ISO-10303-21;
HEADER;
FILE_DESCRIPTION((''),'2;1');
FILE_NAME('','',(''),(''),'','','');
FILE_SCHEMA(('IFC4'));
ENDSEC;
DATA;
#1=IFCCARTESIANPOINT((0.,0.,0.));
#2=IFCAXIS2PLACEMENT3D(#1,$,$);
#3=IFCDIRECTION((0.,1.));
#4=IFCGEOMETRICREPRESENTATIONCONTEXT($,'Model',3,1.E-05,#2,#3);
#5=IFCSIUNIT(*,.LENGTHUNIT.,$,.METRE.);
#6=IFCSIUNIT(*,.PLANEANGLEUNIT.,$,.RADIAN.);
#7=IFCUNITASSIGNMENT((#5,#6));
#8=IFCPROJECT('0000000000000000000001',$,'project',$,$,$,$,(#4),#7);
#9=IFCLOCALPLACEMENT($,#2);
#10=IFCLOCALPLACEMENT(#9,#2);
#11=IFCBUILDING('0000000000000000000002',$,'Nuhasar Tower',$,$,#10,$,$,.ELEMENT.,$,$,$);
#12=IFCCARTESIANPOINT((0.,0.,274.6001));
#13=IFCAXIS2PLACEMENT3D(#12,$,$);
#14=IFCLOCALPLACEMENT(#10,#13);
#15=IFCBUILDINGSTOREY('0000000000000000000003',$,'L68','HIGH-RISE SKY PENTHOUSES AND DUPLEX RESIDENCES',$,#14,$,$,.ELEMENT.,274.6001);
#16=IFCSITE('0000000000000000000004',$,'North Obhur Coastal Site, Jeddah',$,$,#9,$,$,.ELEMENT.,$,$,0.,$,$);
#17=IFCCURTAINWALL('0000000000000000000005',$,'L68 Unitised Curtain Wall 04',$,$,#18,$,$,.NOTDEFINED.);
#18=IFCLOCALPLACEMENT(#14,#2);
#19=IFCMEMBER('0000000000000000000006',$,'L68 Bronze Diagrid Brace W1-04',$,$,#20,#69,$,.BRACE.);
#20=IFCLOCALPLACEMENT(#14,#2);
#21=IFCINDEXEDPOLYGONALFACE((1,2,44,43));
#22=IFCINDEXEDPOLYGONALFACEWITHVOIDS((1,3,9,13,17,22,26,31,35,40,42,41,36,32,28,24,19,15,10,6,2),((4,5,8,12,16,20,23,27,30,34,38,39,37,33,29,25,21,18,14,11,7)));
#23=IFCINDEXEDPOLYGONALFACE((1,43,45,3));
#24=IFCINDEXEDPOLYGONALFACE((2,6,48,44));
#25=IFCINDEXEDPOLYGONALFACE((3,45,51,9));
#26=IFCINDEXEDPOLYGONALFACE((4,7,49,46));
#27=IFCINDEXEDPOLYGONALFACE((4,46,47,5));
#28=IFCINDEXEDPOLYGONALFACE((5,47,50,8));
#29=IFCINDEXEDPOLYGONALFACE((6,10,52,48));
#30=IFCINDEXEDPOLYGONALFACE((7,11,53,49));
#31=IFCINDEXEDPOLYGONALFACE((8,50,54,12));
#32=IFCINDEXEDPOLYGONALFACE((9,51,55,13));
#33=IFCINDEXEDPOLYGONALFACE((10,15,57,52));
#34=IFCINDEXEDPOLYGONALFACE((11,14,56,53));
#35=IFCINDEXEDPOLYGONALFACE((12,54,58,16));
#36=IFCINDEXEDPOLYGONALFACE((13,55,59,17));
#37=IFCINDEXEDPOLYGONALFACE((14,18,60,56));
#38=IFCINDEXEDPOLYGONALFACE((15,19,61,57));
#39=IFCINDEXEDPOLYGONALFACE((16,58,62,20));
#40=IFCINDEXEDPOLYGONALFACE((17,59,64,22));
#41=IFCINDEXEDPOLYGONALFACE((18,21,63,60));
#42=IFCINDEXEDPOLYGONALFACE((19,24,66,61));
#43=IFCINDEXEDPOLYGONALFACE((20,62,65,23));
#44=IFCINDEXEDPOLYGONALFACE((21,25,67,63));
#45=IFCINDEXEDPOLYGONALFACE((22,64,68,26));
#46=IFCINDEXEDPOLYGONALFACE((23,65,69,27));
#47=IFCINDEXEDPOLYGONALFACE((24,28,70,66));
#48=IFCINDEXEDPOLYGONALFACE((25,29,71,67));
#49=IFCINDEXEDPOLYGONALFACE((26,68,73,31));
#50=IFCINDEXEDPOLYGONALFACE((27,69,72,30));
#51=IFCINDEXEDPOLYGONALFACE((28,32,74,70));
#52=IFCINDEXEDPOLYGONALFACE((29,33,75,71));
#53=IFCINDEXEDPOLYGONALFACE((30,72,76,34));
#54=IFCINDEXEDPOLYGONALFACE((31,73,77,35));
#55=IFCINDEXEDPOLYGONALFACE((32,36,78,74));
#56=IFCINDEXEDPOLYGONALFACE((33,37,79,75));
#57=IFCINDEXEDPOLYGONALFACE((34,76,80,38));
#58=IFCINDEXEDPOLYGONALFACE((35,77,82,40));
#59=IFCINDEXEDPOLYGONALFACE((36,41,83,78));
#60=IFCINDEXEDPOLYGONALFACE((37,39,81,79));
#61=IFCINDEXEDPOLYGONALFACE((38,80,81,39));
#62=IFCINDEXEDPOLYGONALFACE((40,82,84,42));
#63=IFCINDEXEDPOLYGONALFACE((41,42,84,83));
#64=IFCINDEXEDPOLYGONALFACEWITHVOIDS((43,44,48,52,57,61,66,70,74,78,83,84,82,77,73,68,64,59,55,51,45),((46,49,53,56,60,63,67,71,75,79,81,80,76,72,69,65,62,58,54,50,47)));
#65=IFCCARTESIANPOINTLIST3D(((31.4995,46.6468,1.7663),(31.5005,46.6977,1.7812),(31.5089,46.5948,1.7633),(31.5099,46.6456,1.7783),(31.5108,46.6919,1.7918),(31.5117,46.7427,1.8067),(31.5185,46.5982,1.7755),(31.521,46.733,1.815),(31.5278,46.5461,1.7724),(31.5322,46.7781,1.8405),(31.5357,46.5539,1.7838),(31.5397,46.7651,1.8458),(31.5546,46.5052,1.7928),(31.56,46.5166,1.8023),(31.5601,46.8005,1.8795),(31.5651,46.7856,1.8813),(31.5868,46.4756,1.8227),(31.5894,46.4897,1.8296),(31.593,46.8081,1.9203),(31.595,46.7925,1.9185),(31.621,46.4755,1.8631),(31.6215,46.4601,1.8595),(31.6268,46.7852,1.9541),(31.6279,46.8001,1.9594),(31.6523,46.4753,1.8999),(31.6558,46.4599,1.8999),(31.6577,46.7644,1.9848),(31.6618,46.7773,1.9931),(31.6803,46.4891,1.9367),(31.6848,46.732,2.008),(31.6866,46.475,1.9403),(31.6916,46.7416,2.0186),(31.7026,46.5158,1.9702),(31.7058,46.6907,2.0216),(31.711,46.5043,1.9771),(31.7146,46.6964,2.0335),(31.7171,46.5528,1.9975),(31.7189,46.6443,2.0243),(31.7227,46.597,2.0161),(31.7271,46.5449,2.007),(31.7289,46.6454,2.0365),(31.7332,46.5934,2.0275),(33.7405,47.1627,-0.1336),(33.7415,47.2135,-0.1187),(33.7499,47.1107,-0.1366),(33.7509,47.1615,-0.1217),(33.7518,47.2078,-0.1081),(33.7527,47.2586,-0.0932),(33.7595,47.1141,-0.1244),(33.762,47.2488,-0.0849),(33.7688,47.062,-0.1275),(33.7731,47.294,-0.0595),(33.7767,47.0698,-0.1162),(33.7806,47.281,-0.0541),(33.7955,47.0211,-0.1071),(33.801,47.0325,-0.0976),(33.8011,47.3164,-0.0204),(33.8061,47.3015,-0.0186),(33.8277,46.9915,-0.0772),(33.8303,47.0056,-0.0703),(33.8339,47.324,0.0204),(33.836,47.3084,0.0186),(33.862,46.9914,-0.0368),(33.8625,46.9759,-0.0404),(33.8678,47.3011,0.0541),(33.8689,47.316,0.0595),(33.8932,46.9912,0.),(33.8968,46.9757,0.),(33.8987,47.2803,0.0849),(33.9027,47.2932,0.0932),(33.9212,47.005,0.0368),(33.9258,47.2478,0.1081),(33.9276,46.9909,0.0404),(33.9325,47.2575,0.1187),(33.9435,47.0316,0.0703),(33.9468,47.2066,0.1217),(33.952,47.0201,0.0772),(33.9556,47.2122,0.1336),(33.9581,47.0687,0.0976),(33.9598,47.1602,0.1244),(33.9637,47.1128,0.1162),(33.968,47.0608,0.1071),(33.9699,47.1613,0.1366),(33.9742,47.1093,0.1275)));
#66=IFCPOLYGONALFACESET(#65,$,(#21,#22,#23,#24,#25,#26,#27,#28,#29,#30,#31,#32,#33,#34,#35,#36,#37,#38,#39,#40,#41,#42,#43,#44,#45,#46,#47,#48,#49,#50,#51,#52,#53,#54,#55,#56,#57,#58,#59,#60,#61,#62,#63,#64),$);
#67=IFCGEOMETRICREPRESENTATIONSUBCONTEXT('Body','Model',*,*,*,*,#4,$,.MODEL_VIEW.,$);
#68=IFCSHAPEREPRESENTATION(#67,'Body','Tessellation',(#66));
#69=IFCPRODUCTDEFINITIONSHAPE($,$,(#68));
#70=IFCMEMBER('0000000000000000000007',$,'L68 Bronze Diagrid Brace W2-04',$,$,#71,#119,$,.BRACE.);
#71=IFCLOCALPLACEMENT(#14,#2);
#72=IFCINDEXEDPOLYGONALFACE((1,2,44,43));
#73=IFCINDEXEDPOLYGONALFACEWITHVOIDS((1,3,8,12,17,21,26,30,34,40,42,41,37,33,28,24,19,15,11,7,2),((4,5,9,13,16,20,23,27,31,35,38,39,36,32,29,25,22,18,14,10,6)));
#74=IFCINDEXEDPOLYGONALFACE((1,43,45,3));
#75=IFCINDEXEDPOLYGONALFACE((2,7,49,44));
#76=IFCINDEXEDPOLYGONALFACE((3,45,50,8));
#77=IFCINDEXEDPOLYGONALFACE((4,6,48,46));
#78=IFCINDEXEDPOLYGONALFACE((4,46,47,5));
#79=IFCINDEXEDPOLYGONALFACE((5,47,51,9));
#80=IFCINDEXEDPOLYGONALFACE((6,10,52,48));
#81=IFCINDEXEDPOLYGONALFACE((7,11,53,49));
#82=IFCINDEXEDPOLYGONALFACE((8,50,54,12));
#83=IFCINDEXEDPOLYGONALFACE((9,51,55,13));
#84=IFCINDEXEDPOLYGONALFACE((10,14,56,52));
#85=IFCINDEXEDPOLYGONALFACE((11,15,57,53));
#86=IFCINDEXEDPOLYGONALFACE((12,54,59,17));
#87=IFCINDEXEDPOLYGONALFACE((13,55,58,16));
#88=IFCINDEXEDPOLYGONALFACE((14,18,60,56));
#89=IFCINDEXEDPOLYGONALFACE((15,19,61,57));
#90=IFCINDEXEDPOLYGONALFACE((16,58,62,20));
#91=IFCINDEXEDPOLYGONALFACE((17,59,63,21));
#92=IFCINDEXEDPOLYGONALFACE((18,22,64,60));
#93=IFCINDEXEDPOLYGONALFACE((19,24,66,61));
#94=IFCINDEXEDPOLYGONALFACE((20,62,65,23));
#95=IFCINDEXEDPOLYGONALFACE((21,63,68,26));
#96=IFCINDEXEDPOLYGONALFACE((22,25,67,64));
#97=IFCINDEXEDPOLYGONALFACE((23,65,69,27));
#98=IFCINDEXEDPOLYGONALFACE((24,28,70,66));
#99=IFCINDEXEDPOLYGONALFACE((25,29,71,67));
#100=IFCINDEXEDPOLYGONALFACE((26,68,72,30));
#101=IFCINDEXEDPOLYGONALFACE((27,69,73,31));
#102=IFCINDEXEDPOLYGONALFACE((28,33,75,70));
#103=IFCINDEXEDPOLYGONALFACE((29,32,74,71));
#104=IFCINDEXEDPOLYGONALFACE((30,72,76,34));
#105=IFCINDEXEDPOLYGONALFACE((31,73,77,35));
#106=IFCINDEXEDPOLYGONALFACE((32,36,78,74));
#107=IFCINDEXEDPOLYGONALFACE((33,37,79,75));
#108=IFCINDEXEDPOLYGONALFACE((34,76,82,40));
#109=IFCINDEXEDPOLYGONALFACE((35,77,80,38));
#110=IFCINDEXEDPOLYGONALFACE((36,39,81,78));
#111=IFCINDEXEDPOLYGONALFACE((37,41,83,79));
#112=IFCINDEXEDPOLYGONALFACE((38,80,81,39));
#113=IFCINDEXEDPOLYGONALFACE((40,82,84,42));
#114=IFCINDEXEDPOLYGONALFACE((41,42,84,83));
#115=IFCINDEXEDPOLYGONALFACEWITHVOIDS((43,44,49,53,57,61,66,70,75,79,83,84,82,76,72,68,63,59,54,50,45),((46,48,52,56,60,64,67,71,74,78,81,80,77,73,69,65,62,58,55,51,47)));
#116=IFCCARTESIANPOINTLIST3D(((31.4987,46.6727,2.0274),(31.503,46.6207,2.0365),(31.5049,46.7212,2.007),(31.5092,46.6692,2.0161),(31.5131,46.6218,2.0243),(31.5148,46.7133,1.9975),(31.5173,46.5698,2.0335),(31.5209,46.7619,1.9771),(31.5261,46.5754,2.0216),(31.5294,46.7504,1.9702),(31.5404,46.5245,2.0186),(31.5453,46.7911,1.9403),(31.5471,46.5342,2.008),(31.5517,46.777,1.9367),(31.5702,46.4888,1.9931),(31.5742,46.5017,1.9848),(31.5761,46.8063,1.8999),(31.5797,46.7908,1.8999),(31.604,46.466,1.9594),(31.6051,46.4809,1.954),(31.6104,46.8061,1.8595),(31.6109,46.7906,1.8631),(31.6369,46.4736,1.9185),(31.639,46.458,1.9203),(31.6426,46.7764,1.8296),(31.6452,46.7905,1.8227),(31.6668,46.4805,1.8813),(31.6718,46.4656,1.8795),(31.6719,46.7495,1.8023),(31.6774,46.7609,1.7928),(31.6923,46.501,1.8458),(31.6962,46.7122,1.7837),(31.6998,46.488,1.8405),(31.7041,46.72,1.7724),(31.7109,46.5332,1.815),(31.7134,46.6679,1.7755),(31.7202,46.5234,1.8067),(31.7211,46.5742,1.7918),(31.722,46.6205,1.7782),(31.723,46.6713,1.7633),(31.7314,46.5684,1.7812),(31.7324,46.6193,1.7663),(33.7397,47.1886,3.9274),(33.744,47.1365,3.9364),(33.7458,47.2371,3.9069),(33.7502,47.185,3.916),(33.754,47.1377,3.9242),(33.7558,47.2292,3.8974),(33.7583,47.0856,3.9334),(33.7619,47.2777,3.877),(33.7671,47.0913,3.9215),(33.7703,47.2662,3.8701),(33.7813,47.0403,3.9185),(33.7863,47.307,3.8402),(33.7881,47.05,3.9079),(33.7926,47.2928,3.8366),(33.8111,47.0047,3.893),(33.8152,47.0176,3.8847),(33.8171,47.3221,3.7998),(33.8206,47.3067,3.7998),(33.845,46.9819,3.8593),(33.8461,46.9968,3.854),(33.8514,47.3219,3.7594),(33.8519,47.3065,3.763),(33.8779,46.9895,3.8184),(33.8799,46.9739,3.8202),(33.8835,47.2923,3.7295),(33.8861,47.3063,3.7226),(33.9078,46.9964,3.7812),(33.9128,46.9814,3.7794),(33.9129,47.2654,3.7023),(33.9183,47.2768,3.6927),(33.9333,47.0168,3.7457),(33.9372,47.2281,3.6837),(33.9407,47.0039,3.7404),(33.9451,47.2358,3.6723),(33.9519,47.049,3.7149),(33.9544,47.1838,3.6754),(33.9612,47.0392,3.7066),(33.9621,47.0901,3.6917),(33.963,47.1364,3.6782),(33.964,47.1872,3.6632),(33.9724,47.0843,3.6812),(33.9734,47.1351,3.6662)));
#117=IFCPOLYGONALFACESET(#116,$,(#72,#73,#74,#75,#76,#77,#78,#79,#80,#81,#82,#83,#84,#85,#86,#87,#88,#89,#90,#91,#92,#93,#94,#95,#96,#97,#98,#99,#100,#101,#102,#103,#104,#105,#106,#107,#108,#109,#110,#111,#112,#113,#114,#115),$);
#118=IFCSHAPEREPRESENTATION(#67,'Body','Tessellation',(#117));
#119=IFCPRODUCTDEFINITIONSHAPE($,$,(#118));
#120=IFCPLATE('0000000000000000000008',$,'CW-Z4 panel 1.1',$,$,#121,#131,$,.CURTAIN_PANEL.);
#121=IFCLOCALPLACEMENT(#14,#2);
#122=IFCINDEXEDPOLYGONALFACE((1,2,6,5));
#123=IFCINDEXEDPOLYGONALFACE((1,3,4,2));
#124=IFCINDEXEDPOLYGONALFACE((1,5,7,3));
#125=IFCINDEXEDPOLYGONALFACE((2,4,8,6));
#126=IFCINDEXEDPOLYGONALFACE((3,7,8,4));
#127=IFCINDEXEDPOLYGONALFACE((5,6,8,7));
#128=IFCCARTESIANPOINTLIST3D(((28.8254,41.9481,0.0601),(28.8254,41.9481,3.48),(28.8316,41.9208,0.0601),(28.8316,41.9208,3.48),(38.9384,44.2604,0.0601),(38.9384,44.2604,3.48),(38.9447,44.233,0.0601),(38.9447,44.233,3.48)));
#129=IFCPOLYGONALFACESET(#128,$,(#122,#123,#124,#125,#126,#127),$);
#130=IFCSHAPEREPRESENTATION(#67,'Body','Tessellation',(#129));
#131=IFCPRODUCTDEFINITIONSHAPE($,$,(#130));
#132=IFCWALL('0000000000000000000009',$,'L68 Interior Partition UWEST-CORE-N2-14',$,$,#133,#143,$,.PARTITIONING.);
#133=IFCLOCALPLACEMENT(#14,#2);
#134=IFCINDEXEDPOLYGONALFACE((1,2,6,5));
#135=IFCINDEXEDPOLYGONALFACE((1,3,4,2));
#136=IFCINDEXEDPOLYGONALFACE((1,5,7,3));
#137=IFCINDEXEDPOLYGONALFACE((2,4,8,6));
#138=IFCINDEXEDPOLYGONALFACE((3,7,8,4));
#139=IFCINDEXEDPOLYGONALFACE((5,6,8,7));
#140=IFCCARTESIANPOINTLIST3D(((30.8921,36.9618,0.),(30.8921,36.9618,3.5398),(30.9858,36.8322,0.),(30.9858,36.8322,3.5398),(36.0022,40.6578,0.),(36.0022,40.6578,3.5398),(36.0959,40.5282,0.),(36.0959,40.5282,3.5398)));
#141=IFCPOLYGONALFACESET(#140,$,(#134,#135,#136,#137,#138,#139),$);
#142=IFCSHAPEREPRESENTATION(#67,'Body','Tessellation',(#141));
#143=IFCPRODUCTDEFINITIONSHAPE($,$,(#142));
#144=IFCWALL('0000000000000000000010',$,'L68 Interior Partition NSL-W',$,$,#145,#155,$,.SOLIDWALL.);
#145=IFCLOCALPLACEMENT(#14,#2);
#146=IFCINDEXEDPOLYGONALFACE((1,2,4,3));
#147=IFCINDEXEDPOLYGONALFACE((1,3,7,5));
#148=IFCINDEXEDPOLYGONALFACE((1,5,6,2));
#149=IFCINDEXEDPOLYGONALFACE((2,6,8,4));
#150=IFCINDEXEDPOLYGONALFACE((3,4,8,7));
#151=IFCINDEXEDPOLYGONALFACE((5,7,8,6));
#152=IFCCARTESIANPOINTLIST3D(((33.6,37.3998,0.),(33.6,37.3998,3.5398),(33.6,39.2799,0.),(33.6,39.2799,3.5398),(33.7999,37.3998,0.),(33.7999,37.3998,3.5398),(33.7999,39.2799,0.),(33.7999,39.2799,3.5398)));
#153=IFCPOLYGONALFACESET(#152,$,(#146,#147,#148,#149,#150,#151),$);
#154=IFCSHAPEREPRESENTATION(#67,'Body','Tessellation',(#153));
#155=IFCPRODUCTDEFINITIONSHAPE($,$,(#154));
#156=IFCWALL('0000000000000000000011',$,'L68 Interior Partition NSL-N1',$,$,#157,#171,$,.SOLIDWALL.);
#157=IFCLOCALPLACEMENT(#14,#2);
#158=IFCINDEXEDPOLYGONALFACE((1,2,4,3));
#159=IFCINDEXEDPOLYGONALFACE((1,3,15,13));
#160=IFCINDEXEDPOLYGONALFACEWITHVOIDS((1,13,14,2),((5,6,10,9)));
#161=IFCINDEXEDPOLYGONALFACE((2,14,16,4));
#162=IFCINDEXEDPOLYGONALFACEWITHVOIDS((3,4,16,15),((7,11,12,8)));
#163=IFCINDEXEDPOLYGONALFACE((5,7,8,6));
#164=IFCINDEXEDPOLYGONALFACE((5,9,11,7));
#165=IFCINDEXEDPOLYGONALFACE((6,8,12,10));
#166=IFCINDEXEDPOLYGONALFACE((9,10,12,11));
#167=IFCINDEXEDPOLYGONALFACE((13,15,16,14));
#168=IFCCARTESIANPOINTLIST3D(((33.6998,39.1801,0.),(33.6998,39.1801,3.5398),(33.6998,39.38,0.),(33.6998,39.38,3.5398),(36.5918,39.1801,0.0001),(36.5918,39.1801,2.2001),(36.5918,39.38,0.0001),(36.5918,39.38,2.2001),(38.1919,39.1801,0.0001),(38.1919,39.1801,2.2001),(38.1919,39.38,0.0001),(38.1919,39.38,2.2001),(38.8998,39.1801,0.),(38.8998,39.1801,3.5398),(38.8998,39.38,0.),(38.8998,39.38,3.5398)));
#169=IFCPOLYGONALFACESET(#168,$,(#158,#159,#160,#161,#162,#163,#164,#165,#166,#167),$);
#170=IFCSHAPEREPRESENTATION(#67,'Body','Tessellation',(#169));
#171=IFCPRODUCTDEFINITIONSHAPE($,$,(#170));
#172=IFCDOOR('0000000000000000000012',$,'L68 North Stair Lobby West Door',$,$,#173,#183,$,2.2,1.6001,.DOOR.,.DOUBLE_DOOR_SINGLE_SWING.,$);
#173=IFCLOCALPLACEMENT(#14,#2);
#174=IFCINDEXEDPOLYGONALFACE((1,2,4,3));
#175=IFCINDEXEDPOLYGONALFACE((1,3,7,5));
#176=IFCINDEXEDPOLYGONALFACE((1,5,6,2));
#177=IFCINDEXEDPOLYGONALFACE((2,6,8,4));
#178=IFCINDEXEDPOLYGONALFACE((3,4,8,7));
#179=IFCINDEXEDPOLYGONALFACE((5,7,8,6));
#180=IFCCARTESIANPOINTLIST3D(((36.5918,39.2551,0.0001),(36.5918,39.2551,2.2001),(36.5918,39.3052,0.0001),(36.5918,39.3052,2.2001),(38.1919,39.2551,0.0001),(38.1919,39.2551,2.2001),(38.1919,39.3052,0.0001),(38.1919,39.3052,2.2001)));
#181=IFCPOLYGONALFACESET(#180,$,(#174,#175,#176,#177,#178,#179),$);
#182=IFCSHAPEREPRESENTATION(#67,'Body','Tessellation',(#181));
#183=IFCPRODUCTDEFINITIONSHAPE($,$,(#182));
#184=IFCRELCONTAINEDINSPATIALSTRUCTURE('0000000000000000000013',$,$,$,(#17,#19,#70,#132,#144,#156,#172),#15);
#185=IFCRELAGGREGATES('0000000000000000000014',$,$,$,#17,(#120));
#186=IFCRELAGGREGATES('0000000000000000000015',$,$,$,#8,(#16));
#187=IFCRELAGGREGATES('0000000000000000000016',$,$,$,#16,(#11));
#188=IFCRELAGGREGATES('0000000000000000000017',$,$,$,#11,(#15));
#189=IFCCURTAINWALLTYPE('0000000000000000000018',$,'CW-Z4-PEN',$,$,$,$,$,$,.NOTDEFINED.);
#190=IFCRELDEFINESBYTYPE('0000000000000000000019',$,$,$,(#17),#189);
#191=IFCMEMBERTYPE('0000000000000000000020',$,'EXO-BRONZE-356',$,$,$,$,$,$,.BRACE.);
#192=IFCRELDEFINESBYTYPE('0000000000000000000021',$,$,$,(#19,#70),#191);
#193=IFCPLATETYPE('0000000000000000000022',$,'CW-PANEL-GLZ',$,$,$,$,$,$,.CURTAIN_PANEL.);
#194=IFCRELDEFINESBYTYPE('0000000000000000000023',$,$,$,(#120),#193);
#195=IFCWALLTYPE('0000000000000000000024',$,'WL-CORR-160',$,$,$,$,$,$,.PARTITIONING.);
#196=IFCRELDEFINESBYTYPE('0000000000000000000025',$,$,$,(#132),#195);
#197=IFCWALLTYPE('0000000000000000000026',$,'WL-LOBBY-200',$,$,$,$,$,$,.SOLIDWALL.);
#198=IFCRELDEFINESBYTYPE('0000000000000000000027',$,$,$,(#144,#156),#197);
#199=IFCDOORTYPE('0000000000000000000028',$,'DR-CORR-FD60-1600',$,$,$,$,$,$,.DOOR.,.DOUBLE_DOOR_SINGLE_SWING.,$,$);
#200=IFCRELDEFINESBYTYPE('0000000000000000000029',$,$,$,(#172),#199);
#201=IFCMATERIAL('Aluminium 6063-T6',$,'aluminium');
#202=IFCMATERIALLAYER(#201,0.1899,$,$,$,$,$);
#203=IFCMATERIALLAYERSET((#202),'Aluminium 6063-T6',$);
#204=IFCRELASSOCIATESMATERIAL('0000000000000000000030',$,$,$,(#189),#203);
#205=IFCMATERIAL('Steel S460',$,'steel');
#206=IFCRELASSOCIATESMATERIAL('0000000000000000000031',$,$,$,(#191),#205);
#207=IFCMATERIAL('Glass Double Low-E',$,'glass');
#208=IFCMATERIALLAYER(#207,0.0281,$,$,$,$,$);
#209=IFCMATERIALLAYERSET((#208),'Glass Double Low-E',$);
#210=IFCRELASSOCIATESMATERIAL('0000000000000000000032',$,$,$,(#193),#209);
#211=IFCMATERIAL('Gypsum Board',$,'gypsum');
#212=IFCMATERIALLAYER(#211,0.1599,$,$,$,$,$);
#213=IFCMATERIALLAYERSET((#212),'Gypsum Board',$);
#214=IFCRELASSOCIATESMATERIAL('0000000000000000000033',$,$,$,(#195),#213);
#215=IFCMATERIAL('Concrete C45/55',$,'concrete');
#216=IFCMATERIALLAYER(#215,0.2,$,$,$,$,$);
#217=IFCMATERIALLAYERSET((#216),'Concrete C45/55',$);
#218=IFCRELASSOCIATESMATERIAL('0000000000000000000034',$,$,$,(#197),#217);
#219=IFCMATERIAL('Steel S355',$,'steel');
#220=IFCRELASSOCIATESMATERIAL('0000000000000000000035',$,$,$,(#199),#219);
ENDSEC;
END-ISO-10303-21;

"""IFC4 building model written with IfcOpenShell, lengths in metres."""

from ifc_helpers import new_model, si_unit, direction, frame, frame_2d, origin, origin_2d, place, context, subcontext, project, spatial, rectangle, hollow_circle, extrude, material, layer, layer_set, material_profile, profile_set, type_object, element, fill, aggregate, save


model = new_model("IFC4")

# Units and contexts
model_context = context("Model", 3, precision=1e-05, world=origin(), true_north=direction((0.0, 1.0)))
body_context = subcontext(model_context, "Body", "Model", "MODEL_VIEW")
ifc_project = project(units=[si_unit("LENGTHUNIT", "METRE"), si_unit("PLANEANGLEUNIT", "RADIAN")], contexts=[model_context])

# Site, building, storey
site_placement = place(None, origin())
site = spatial("IfcSite", under=ifc_project, at=site_placement, Name="North Obhur Coastal Site, Jeddah", CompositionType="ELEMENT", RefElevation=0.0)
building_placement = place(site_placement, origin())
building = spatial("IfcBuilding", under=site, at=building_placement, Name="Nuhasar Tower", CompositionType="ELEMENT")
storey_placement = place(building_placement, frame((0.0, 0.0, 274.6001)))
storey = spatial("IfcBuildingStorey", under=building, at=storey_placement, Name="L68", Description="HIGH-RISE SKY PENTHOUSES AND DUPLEX RESIDENCES", CompositionType="ELEMENT", Elevation=274.6001)

# Shared definitions
ifc_material_1 = material(Name="Steel S355", Category="steel")

# Curtain wall
ifc_material_2 = material(Name="Aluminium 6063-T6", Category="aluminium")
ifc_layer_1 = layer(ifc_material_2, 0.1899)
ifc_layer_set_1 = layer_set([ifc_layer_1], Name="Aluminium 6063-T6")
curtain_wall_type = type_object("IfcCurtainWallType", Name="CW-Z4-PEN", PredefinedType="NOTDEFINED", material=ifc_layer_set_1)
curtain_wall_placement = place(storey_placement, origin())
curtain_wall = element("IfcCurtainWall", 1, at=curtain_wall_placement, inside=storey, type_object=curtain_wall_type, Name="L68 Unitised Curtain Wall 04", PredefinedType="NOTDEFINED")

# Members
ifc_material_3 = material(Name="Steel S460", Category="steel")
ifc_material_profile_1 = material_profile(ifc_material_3, hollow_circle(Radius=0.1777, WallThickness=0.0159, at=origin_2d()), Name="HSS355.6X15.9")
ifc_profile_set_1 = profile_set([ifc_material_profile_1], Name="Steel S460")
member_type_1 = type_object("IfcMemberType", Name="EXO-BRONZE-356", PredefinedType="BRACE", material=ifc_profile_set_1)
for number, where, z_axis, x_axis, name in (
    (2, (33.8569, 47.1489, 0.0), (-0.751272, -0.172942, 0.636932), (0.224332, -0.974513, 0.0), "L68 Bronze Diagrid Brace W1-04"),
    (3, (31.616, 46.6331, 1.8999), (0.751272, 0.172942, 0.636932), (-0.224332, 0.974513, 0.0), "L68 Bronze Diagrid Brace W2-04"),
):
    element("IfcMember", number, at=place(storey_placement, frame(where, z_axis=z_axis, x_axis=x_axis)), inside=storey, type_object=member_type_1, Name=name, PredefinedType="BRACE", context=body_context, shape_type="SweptSolid", body=[
        extrude(hollow_circle(Radius=0.1777, WallThickness=0.0159, at=origin_2d()), origin(), (0.0, 0.0, 1.0), 2.9829),
    ])

# Plate
ifc_material_4 = material(Name="Glass Double Low-E", Category="glass")
ifc_layer_2 = layer(ifc_material_4, 0.0281)
ifc_layer_set_2 = layer_set([ifc_layer_2], Name="Glass Double Low-E")
plate_type = type_object("IfcPlateType", Name="CW-PANEL-GLZ", PredefinedType="CURTAIN_PANEL", material=ifc_layer_set_2)
plate_placement = place(storey_placement, frame((33.885, 43.0906, 0.0601), z_axis=(0.0, 0.0, 1.0), x_axis=(-0.974844, -0.222889, 0.0)))
plate = element("IfcPlate", 4, at=plate_placement, type_object=plate_type, Name="CW-Z4 panel 1.1", PredefinedType="CURTAIN_PANEL", context=body_context, shape_type="SweptSolid", body=[
    extrude(rectangle(XDim=10.374, YDim=0.0281, at=origin_2d()), origin(), (0.0, 0.0, 1.0), 3.4199),
])
aggregate(curtain_wall, [plate])

# Walls
ifc_material_5 = material(Name="Gypsum Board", Category="gypsum")
ifc_layer_3 = layer(ifc_material_5, 0.1599)
ifc_layer_set_3 = layer_set([ifc_layer_3], Name="Gypsum Board")
wall_type_1 = type_object("IfcWallType", Name="WL-CORR-160", PredefinedType="PARTITIONING", material=ifc_layer_set_3)
wall_1_placement = place(storey_placement, frame((36.0491, 40.593, 0.0), z_axis=(0.0, 0.0, 1.0), x_axis=(-0.810272, -0.586054, 0.0)))
element("IfcWall", 5, at=wall_1_placement, inside=storey, type_object=wall_type_1, Name="L68 Interior Partition UWEST-CORE-N2-14", PredefinedType="PARTITIONING", context=body_context, shape_type="SweptSolid", body=[
    extrude(rectangle(XDim=6.3066, YDim=0.1599, at=frame_2d((3.1533, 0.0))), origin(), (0.0, 0.0, 1.0), 3.5398),
])
ifc_material_6 = material(Name="Concrete C45/55", Category="concrete")
ifc_layer_4 = layer(ifc_material_6, 0.2)
ifc_layer_set_4 = layer_set([ifc_layer_4], Name="Concrete C45/55")
wall_type_2 = type_object("IfcWallType", Name="WL-LOBBY-200", PredefinedType="SOLIDWALL", material=ifc_layer_set_4)
wall_2_placement = place(storey_placement, frame((33.7, 37.3999, 0.0), z_axis=(0.0, 0.0, 1.0), x_axis=(0.0, 1.0, 0.0)))
element("IfcWall", 6, at=wall_2_placement, inside=storey, type_object=wall_type_2, Name="L68 Interior Partition NSL-W", PredefinedType="SOLIDWALL", context=body_context, shape_type="SweptSolid", body=[
    extrude(rectangle(XDim=1.8801, YDim=0.2, at=frame_2d((0.9399, 0.0))), origin(), (0.0, 0.0, 1.0), 3.5398),
])

# Wall, opening, door
wall_3_placement = place(storey_placement, frame((38.8999, 39.28, 0.0), z_axis=(0.0, 0.0, 1.0), x_axis=(-1.0, 0.0, 0.0)))
wall_3 = element("IfcWall", 7, at=wall_3_placement, inside=storey, type_object=wall_type_2, Name="L68 Interior Partition NSL-N1", PredefinedType="SOLIDWALL", context=body_context, shape_type="SweptSolid", body=[
    extrude(rectangle(XDim=5.2, YDim=0.2, at=frame_2d((2.6001, 0.0))), origin(), (0.0, 0.0, 1.0), 3.5398),
])
opening_1_placement = place(wall_3_placement, frame((0.708, 0.0, 0.0)))
opening_1 = element("IfcOpeningElement", 8, at=opening_1_placement, cuts=wall_3, PredefinedType="OPENING", context=body_context, shape_type="SweptSolid", body=[
    extrude(rectangle(XDim=1.6001, YDim=2.2, at=frame_2d((0.8, 1.1001))), frame((0.0, 0.1099, 0.0), z_axis=(0.0, -1.0, 0.0), x_axis=(1.0, 0.0, 0.0)), (0.0, 0.0, 1.0), 0.22),
])
door_type_1 = type_object("IfcDoorType", Name="DR-CORR-FD60-1600", OperationType="DOUBLE_DOOR_SINGLE_SWING", PredefinedType="DOOR", material=ifc_material_1)
door_1_placement = place(opening_1_placement, origin())
door_1 = element("IfcDoor", 9, at=door_1_placement, inside=storey, type_object=door_type_1, Name="L68 North Stair Lobby West Door", OperationType="DOUBLE_DOOR_SINGLE_SWING", OverallHeight=2.2, OverallWidth=1.6001, PredefinedType="DOOR", context=body_context, shape_type="SweptSolid", body=[
    extrude(rectangle(XDim=1.6001, YDim=2.2, at=frame_2d((0.8, 1.1001))), frame((0.0, 0.0249, 0.0), z_axis=(0.0, -1.0, 0.0), x_axis=(1.0, 0.0, 0.0)), (0.0, 0.0, 1.0), 0.05),
])
fill(opening_1, door_1)

save(model, "model.ifc")
